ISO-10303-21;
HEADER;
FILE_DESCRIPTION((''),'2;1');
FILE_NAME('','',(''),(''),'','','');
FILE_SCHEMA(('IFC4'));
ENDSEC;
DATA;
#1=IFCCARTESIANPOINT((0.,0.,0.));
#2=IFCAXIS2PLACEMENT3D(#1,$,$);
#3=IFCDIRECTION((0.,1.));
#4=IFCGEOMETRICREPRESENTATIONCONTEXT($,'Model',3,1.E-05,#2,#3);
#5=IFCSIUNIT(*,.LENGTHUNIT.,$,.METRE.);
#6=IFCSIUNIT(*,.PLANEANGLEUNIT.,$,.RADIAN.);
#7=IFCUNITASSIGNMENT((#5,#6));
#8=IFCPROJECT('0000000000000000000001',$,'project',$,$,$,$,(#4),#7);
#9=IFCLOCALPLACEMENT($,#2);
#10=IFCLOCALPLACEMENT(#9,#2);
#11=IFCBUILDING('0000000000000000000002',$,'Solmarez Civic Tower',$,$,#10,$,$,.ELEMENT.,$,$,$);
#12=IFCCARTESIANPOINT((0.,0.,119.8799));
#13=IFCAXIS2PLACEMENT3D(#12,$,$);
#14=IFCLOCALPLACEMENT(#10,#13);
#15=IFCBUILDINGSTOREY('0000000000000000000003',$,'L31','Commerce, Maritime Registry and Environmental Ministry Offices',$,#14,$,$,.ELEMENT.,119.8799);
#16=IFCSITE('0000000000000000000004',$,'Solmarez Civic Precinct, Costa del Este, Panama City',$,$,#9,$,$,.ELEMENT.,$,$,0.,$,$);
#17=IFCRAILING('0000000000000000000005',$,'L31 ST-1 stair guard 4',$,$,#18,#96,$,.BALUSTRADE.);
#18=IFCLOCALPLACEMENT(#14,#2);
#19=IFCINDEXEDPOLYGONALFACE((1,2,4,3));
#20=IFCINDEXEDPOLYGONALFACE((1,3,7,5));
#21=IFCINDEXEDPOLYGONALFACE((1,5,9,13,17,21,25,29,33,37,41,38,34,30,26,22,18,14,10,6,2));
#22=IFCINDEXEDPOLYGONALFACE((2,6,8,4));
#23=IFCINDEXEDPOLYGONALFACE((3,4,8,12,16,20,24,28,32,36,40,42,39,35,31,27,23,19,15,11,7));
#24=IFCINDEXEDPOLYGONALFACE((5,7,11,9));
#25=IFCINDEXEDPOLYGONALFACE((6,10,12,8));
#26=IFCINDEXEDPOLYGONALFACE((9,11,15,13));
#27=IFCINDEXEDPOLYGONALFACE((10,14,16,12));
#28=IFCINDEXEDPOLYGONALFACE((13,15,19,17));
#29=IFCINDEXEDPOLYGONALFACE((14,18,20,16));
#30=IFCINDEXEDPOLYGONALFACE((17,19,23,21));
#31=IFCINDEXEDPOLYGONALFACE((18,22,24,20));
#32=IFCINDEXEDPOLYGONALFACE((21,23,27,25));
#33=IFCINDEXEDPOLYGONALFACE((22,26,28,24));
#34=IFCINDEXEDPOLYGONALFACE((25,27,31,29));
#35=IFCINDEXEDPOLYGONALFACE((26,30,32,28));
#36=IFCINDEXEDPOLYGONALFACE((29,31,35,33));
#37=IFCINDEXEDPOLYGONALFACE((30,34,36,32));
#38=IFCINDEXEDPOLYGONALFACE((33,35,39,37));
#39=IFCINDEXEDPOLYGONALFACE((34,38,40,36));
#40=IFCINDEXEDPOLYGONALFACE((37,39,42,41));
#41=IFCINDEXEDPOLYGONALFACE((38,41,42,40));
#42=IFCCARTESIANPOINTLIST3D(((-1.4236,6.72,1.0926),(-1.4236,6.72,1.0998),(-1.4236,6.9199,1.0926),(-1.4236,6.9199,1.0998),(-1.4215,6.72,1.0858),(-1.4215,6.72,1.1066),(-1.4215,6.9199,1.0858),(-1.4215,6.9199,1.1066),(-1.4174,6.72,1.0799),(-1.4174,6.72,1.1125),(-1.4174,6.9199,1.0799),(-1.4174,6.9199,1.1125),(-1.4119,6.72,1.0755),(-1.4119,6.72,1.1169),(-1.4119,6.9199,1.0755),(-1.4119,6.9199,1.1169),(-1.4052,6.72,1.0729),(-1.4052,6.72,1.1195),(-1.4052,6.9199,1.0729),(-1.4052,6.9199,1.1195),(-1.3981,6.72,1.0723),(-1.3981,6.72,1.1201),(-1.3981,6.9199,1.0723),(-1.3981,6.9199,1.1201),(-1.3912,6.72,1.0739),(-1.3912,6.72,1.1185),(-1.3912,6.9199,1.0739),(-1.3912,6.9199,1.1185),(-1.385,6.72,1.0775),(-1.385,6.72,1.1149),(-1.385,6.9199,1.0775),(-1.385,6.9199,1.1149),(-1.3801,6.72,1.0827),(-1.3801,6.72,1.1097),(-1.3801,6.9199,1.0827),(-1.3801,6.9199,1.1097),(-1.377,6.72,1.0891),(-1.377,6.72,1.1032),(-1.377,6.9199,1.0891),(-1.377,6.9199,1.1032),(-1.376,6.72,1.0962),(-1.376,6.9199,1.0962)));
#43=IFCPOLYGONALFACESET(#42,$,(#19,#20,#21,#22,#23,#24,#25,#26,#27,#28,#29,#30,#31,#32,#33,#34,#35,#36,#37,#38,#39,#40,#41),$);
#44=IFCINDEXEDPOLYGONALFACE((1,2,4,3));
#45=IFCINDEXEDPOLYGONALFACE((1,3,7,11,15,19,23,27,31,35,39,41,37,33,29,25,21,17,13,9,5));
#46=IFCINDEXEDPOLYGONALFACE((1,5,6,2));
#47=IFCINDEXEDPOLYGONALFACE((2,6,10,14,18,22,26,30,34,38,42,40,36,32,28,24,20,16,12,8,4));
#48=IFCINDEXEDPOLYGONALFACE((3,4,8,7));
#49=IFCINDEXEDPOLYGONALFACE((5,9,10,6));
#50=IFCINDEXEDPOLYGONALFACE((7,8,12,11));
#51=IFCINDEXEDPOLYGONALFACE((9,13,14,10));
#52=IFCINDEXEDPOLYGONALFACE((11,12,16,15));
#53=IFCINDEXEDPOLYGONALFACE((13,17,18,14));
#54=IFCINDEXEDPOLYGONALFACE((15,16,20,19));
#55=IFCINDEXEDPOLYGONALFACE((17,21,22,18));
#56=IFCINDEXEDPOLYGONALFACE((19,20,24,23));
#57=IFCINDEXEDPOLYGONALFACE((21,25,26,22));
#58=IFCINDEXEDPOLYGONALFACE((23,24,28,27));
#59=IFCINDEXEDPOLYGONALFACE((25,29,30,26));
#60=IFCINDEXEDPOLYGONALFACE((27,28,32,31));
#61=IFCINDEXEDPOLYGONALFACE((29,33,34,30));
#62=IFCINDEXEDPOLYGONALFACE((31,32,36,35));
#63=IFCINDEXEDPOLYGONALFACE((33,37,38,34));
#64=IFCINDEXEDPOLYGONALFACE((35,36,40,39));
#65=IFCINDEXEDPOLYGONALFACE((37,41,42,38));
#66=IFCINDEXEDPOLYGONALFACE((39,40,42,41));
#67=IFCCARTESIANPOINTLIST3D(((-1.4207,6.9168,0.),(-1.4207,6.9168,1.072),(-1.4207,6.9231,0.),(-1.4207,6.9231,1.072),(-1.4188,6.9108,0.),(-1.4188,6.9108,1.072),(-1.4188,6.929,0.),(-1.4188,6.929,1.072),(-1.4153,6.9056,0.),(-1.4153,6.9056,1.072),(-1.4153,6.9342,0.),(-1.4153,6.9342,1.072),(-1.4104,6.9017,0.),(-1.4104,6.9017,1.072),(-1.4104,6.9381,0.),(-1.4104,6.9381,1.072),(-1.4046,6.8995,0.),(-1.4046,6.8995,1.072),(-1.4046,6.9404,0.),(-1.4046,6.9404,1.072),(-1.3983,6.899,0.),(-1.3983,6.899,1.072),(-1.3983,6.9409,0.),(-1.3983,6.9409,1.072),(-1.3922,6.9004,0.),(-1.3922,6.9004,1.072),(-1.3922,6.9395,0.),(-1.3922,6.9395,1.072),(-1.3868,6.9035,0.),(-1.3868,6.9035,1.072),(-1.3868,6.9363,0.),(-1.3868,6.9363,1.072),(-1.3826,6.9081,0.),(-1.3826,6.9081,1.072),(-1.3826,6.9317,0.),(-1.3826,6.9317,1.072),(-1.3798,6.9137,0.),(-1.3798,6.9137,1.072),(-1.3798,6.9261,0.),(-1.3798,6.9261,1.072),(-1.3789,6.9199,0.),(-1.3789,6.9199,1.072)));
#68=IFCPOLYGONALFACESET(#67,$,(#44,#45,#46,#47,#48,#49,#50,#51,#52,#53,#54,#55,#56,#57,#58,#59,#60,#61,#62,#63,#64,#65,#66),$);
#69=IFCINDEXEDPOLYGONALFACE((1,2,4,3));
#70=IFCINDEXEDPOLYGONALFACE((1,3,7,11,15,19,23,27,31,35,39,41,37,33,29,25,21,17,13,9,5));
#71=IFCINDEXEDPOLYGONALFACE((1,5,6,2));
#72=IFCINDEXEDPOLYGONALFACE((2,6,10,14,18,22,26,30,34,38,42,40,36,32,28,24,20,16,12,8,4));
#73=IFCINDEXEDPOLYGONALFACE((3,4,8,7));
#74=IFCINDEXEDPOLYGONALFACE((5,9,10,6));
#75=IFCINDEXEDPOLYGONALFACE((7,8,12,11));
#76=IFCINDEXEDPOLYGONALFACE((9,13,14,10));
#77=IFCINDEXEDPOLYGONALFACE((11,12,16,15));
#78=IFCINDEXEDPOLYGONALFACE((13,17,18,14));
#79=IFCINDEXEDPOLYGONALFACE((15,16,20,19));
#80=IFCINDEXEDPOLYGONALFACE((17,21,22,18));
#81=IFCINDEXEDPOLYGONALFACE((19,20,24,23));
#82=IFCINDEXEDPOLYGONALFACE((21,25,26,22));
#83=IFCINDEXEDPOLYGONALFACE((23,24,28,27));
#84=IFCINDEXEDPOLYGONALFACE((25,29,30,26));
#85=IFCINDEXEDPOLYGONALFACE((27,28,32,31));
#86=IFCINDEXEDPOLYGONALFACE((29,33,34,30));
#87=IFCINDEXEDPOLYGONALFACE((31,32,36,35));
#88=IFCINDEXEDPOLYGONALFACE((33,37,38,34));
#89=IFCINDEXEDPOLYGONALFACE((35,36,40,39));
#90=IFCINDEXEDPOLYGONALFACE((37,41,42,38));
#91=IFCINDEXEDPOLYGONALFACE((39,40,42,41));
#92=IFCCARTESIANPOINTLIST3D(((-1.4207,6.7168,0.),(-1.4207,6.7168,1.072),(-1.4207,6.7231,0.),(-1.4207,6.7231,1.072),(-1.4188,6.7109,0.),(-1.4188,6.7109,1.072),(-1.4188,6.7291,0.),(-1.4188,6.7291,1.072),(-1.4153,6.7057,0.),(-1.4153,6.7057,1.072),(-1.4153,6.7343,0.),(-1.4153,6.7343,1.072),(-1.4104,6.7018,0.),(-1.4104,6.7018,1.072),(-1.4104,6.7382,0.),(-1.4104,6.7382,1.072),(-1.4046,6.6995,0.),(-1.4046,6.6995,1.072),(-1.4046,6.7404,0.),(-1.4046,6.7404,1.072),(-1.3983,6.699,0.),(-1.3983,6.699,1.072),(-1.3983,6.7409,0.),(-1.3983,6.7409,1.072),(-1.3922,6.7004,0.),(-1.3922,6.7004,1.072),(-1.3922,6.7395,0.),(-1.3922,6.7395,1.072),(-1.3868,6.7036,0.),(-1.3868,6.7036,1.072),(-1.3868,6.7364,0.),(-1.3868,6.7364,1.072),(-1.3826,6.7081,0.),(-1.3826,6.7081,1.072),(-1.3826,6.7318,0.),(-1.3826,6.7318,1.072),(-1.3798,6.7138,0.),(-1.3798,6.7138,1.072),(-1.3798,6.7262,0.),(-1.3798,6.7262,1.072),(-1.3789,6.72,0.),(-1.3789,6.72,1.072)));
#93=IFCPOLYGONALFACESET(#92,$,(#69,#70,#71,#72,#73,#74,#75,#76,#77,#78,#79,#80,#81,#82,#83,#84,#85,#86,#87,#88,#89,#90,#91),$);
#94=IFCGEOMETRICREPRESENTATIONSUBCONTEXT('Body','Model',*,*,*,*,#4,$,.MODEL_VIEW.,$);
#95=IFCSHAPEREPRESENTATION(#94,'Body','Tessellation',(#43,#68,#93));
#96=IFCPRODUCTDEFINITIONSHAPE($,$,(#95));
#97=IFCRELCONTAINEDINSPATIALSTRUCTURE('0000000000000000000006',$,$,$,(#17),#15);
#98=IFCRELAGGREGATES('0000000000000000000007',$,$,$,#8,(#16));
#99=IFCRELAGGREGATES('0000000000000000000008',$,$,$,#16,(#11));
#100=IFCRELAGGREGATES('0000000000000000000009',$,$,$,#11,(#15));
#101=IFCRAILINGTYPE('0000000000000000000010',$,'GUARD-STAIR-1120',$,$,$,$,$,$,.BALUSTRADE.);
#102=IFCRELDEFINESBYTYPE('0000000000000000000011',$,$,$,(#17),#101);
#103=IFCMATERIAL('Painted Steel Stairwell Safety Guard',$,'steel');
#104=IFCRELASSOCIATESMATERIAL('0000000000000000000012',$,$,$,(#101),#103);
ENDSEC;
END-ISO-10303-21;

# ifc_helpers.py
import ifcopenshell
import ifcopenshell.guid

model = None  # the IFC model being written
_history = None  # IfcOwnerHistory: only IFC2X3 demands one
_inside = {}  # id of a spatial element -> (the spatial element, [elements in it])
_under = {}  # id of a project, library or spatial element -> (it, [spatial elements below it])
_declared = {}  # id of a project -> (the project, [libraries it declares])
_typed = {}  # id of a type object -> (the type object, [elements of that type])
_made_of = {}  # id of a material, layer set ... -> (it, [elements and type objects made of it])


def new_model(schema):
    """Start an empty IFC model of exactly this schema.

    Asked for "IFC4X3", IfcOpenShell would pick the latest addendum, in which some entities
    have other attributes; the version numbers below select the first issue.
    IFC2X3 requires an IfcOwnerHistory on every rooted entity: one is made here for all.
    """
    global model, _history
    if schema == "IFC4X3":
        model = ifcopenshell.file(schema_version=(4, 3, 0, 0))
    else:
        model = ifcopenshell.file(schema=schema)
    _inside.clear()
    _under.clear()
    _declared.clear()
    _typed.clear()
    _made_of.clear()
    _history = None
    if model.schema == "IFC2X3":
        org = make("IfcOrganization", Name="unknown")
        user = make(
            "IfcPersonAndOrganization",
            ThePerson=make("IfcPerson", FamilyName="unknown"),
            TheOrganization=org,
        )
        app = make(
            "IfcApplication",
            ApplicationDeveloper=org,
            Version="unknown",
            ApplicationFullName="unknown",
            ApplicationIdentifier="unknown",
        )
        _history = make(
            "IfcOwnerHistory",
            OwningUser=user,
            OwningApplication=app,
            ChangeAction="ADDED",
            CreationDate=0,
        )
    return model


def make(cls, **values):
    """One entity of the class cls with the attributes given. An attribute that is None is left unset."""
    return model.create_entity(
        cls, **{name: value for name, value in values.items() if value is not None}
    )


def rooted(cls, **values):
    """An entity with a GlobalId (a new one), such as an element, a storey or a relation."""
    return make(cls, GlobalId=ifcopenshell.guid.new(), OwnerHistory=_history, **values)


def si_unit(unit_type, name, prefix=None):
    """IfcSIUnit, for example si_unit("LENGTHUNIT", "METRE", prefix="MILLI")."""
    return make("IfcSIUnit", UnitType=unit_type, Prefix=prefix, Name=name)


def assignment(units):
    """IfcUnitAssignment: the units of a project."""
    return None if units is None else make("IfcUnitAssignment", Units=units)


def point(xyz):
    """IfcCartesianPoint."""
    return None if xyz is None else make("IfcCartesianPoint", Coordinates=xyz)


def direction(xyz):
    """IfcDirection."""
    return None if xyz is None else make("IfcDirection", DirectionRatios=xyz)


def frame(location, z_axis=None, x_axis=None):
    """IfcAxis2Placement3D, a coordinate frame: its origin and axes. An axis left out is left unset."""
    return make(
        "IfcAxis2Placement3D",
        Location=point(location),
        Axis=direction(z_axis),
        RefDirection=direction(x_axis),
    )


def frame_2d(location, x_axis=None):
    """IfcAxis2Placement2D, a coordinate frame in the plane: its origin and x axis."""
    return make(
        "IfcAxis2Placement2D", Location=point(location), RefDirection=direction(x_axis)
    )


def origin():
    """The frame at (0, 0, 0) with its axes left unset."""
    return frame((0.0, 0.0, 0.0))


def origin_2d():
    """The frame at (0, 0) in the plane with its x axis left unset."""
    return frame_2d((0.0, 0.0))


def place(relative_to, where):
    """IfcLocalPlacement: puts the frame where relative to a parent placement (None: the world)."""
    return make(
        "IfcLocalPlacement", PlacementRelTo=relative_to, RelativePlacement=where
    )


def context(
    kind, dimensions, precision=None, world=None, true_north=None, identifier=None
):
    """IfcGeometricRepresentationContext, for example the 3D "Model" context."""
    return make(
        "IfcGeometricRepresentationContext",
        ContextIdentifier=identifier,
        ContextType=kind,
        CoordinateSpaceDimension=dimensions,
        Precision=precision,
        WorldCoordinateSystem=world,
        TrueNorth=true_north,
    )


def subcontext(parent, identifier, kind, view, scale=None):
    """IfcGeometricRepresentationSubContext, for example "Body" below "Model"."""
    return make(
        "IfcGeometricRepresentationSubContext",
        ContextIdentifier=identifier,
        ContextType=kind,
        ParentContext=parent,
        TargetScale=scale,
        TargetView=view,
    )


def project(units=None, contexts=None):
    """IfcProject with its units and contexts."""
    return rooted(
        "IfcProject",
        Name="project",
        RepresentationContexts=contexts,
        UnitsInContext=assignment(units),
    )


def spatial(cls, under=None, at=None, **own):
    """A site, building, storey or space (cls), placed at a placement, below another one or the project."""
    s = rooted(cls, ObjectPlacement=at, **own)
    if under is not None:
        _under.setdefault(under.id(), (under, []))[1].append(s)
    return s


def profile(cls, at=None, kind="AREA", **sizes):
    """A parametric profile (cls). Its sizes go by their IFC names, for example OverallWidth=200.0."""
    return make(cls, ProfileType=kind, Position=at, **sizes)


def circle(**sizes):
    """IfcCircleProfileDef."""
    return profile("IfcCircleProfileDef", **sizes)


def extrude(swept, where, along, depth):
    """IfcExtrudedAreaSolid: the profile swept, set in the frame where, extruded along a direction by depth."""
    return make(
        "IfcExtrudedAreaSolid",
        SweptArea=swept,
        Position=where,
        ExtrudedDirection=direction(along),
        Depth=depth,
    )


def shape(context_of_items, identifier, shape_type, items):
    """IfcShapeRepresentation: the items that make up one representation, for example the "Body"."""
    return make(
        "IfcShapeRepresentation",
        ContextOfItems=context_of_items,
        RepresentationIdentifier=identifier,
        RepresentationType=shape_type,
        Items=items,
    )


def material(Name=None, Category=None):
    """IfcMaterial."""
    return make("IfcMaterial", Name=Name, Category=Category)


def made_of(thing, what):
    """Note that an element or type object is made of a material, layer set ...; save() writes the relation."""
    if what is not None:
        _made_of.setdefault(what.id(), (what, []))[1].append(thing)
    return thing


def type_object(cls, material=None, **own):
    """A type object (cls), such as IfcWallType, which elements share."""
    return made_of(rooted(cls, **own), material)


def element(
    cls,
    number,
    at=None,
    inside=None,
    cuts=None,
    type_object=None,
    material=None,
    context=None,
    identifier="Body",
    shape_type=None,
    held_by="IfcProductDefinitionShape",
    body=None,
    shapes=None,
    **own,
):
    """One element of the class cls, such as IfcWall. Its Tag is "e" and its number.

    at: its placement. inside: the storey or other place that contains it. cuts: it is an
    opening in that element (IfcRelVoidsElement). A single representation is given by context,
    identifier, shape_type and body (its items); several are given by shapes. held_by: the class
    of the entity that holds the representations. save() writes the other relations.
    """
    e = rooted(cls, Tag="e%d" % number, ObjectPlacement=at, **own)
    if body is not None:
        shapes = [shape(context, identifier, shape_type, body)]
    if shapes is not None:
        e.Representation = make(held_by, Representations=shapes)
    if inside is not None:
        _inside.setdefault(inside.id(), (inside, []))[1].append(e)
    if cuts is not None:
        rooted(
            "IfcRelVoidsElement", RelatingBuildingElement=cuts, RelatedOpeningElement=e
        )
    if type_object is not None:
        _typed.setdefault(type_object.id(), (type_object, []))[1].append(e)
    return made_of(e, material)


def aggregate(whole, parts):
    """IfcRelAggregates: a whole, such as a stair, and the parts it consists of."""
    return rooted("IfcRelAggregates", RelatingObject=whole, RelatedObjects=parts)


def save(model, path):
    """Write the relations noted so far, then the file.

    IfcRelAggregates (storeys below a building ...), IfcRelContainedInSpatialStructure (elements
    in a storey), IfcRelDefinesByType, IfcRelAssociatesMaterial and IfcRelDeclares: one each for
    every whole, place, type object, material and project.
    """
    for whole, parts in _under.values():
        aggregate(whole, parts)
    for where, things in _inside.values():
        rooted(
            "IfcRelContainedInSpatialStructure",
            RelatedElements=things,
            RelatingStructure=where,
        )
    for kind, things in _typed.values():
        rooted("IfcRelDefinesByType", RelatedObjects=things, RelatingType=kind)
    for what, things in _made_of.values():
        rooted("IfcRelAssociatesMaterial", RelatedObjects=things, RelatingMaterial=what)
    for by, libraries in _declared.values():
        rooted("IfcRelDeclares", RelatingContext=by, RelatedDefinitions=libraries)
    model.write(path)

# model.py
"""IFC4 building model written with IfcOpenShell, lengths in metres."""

from ifc_helpers import new_model, si_unit, direction, frame, origin, origin_2d, place, context, subcontext, project, spatial, circle, extrude, material, type_object, element, save


model = new_model("IFC4")

# Units and contexts
model_context = context("Model", 3, precision=1e-05, world=origin(), true_north=direction((0.0, 1.0)))
body_context = subcontext(model_context, "Body", "Model", "MODEL_VIEW")
ifc_project = project(units=[si_unit("LENGTHUNIT", "METRE"), si_unit("PLANEANGLEUNIT", "RADIAN")], contexts=[model_context])

# Site, building, storey
site_placement = place(None, origin())
site = spatial("IfcSite", under=ifc_project, at=site_placement, Name="Solmarez Civic Precinct, Costa del Este, Panama City", CompositionType="ELEMENT", RefElevation=0.0)
building_placement = place(site_placement, origin())
building = spatial("IfcBuilding", under=site, at=building_placement, Name="Solmarez Civic Tower", CompositionType="ELEMENT")
storey_placement = place(building_placement, frame((0.0, 0.0, 119.8799)))
storey = spatial("IfcBuildingStorey", under=building, at=storey_placement, Name="L31", Description="Commerce, Maritime Registry and Environmental Ministry Offices", CompositionType="ELEMENT", Elevation=119.8799)

# Railing
ifc_material_1 = material(Name="Painted Steel Stairwell Safety Guard", Category="steel")
railing_type_1 = type_object("IfcRailingType", Name="GUARD-STAIR-1120", PredefinedType="BALUSTRADE", material=ifc_material_1)
railing_1_placement = place(storey_placement, frame((-1.3999, 6.9199, 0.0)))
element("IfcRailing", 1, at=railing_1_placement, inside=storey, type_object=railing_type_1, Name="L31 ST-1 stair guard 4", PredefinedType="BALUSTRADE", context=body_context, shape_type="SweptSolid", body=[
    extrude(circle(Radius=0.0239, at=origin_2d()), frame((0.0, 0.0, 1.0962), z_axis=(0.0, -1.0, 0.0), x_axis=(1.0, 0.0, 0.0)), (0.0, 0.0, 1.0), 0.2),
    extrude(circle(Radius=0.021, at=origin_2d()), origin(), (0.0, 0.0, 1.0), 1.072),
    extrude(circle(Radius=0.021, at=origin_2d()), frame((0.0, -0.2, 0.0)), (0.0, 0.0, 1.0), 1.072),
])

save(model, "model.ifc")
